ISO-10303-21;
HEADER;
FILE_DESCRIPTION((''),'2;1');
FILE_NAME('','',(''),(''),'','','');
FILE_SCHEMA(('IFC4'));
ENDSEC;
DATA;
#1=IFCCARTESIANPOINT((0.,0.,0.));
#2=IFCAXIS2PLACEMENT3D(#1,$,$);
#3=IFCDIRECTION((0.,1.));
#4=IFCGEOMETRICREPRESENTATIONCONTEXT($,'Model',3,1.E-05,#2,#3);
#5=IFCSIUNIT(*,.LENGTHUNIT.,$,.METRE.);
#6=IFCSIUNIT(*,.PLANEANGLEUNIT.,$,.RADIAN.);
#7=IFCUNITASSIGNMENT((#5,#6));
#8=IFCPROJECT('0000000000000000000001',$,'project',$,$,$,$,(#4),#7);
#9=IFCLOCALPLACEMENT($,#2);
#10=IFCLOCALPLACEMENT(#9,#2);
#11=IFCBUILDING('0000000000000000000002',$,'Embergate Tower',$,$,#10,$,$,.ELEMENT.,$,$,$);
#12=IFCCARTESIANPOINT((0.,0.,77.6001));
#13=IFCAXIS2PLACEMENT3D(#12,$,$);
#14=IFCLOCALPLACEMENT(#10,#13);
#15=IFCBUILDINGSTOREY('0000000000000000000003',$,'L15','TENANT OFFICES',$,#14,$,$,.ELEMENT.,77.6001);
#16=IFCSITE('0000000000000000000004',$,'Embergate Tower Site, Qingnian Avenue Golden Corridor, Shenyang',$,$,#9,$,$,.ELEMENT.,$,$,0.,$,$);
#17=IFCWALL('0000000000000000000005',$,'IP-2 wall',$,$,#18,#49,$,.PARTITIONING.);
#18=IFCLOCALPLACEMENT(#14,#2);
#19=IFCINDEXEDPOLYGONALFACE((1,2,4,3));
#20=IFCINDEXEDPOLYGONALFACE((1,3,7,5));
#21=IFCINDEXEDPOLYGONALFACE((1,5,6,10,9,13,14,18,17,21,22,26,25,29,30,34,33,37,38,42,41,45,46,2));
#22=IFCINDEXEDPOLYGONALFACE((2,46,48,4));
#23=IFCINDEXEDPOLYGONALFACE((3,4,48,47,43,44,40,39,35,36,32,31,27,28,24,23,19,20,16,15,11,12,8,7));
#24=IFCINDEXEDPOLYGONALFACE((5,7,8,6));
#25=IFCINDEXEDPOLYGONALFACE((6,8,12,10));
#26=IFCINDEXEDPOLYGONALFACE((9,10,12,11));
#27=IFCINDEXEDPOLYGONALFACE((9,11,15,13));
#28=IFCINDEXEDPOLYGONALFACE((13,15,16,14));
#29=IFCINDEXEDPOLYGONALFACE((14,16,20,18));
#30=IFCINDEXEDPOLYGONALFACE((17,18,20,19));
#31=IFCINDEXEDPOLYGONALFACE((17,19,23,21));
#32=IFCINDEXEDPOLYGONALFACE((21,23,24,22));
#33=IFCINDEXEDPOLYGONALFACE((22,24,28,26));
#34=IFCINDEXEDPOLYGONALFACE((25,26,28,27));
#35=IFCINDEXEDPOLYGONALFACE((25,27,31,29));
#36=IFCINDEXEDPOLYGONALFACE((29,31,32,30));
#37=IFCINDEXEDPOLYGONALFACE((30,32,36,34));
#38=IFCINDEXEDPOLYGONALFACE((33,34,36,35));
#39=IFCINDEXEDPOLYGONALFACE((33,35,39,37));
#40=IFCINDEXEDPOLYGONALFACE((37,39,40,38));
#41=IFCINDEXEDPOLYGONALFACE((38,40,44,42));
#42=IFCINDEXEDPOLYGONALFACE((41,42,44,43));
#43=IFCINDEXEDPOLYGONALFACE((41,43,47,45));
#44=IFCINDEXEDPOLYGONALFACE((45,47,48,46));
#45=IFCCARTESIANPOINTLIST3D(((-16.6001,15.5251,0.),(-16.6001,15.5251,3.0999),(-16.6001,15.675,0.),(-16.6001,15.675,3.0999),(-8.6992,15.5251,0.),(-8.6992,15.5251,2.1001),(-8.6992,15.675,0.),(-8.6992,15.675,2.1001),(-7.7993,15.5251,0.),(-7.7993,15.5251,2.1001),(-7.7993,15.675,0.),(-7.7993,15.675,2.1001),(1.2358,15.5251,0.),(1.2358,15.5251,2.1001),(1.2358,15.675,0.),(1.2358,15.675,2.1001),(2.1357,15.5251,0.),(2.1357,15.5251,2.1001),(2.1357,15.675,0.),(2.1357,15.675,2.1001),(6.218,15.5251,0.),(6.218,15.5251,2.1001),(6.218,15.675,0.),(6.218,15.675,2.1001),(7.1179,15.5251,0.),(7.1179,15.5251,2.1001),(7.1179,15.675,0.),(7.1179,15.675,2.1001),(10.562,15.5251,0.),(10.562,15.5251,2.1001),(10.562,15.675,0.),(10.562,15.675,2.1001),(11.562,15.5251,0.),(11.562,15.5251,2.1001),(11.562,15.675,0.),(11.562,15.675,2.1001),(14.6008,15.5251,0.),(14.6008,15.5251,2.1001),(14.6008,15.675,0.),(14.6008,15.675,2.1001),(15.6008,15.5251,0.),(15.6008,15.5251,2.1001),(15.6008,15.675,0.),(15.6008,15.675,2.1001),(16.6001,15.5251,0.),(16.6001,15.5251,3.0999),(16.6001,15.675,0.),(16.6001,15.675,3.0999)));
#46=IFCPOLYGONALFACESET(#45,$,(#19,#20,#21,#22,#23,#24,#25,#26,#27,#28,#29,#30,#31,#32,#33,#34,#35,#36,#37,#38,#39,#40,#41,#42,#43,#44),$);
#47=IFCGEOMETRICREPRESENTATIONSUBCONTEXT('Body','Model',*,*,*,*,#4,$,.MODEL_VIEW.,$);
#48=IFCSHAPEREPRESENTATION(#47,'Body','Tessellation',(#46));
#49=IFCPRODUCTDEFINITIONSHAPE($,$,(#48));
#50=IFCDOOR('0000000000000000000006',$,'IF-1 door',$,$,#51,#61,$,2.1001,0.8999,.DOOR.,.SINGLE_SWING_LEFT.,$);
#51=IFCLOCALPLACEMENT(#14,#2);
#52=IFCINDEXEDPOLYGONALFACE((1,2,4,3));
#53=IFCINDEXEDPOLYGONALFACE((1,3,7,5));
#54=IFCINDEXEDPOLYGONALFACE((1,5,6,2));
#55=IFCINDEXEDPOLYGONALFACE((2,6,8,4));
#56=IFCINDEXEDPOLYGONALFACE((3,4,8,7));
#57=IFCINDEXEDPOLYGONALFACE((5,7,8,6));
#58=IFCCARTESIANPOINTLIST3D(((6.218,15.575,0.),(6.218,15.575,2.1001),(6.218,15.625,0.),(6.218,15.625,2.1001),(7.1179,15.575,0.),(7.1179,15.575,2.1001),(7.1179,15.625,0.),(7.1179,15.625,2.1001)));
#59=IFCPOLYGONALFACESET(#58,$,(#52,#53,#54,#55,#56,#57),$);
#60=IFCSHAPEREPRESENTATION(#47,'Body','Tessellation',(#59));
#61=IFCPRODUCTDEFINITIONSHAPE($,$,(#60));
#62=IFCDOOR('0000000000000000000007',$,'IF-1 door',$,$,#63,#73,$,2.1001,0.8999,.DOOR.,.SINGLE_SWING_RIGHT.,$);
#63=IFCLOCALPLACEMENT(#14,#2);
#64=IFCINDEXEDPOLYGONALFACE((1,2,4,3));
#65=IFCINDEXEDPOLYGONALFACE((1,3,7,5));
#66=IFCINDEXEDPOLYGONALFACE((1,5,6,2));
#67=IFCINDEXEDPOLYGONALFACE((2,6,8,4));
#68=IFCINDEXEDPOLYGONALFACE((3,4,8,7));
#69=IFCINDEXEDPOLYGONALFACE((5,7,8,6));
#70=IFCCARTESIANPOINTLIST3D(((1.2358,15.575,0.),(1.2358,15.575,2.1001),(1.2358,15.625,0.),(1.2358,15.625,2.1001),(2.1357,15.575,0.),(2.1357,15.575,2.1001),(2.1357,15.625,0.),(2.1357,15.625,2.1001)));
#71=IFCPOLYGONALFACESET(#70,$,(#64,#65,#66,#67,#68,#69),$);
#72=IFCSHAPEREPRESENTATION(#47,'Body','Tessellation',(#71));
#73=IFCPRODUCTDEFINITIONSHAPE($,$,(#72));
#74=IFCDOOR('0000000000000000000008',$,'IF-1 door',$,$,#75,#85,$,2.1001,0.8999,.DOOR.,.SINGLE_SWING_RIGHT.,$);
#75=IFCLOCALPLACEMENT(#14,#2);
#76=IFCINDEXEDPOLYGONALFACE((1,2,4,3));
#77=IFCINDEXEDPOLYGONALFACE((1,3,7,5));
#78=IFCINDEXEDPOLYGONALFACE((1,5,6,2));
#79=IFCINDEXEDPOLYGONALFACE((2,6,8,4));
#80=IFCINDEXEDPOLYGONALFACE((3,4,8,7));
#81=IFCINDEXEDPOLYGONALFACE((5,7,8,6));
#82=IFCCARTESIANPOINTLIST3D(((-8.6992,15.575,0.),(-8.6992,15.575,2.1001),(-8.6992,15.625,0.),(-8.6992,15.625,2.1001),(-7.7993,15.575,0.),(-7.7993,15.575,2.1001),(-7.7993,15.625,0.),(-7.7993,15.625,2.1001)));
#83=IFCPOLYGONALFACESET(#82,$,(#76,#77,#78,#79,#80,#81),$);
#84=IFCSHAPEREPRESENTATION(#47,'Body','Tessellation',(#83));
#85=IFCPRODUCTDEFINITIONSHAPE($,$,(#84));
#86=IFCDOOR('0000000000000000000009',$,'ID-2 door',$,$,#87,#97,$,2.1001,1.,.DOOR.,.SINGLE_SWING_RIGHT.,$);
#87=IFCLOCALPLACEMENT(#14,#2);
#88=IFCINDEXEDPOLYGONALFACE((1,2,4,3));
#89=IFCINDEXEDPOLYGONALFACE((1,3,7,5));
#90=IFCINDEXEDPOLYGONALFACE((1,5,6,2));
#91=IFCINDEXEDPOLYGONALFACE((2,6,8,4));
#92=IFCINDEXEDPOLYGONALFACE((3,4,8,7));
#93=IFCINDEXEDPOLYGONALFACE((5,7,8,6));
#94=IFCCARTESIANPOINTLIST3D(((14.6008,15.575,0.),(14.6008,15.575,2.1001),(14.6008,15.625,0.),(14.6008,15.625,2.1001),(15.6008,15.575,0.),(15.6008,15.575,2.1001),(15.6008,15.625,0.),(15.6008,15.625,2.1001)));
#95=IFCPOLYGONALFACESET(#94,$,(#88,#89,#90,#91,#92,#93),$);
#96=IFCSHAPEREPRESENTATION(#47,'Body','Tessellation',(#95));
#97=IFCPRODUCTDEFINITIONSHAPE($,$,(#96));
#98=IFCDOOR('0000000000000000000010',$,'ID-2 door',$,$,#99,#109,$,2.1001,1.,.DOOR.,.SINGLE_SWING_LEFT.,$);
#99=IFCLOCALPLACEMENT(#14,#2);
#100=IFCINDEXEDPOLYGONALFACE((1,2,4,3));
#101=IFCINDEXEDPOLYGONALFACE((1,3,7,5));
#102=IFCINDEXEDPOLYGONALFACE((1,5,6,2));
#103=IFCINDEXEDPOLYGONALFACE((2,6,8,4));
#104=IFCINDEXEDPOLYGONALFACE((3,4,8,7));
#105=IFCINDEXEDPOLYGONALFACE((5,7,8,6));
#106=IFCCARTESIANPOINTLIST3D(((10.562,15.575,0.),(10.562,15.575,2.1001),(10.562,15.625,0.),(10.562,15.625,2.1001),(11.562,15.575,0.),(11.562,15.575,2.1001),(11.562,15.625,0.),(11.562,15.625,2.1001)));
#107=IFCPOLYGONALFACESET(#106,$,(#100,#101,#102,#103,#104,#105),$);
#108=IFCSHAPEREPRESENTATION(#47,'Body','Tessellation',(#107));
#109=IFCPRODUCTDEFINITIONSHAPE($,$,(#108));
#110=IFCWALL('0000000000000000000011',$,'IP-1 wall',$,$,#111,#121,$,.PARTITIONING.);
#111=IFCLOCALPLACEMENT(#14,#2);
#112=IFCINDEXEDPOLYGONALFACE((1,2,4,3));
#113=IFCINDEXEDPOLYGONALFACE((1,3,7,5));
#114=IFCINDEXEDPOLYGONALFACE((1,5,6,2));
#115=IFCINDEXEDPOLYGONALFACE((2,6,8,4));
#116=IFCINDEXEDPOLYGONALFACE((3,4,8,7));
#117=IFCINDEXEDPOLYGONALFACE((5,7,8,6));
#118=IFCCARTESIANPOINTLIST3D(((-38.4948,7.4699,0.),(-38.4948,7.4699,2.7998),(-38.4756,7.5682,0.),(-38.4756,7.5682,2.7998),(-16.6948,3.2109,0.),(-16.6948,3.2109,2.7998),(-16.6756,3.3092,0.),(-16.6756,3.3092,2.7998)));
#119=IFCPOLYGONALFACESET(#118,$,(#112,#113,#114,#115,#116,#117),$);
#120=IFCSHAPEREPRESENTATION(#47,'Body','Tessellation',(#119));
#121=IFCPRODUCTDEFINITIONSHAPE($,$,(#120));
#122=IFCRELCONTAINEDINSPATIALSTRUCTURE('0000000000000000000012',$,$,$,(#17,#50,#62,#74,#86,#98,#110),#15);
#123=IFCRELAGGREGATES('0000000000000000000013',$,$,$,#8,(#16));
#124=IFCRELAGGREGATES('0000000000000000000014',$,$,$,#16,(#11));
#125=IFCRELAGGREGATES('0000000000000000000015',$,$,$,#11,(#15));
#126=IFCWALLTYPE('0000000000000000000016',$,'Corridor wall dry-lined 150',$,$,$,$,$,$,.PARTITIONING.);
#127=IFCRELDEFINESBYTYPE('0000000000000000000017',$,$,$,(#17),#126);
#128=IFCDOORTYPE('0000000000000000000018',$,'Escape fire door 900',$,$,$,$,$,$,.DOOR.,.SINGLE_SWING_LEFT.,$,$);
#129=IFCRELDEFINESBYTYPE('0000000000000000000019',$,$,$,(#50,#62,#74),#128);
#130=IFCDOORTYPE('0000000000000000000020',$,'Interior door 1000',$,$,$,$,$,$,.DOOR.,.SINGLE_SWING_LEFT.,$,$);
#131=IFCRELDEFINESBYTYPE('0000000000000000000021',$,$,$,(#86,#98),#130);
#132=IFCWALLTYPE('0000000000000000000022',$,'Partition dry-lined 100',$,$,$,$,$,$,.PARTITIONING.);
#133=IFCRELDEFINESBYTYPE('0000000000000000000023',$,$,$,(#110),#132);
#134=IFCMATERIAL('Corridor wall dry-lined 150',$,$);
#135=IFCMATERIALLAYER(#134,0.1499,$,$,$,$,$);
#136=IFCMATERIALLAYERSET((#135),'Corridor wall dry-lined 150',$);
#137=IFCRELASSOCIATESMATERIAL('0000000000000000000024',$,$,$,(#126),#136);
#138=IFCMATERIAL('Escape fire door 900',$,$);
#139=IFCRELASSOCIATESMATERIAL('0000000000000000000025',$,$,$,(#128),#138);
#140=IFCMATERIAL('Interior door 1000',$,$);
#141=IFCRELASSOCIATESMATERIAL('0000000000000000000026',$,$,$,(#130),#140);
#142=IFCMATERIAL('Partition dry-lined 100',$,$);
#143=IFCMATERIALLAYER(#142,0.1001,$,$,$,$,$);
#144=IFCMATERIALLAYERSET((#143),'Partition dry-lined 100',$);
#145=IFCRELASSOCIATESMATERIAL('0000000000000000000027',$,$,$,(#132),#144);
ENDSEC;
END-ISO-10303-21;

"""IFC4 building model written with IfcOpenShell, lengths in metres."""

from ifc_helpers import new_model, si_unit, direction, frame, frame_2d, origin, place, context, subcontext, project, spatial, rectangle, extrude, source, transform, mapped, material, layer, layer_set, type_object, element, fill, save


model = new_model("IFC4")

# Units and contexts
model_context = context("Model", 3, precision=1e-05, world=origin(), true_north=direction((0.0, 1.0)))
body_context = subcontext(model_context, "Body", "Model", "MODEL_VIEW")
ifc_project = project(units=[si_unit("LENGTHUNIT", "METRE"), si_unit("PLANEANGLEUNIT", "RADIAN")], contexts=[model_context])

# Site, building, storey
site_placement = place(None, origin())
site = spatial("IfcSite", under=ifc_project, at=site_placement, Name="Embergate Tower Site, Qingnian Avenue Golden Corridor, Shenyang", CompositionType="ELEMENT", RefElevation=0.0)
building_placement = place(site_placement, origin())
building = spatial("IfcBuilding", under=site, at=building_placement, Name="Embergate Tower", CompositionType="ELEMENT")
storey_placement = place(building_placement, frame((0.0, 0.0, 77.6001)))
storey = spatial("IfcBuildingStorey", under=building, at=storey_placement, Name="L15", Description="TENANT OFFICES", CompositionType="ELEMENT", Elevation=77.6001)

# Wall, openings, doors
ifc_material_1 = material(Name="Corridor wall dry-lined 150")
ifc_layer_1 = layer(ifc_material_1, 0.1499)
ifc_layer_set_1 = layer_set([ifc_layer_1], Name="Corridor wall dry-lined 150")
wall_type_1 = type_object("IfcWallType", Name="Corridor wall dry-lined 150", PredefinedType="PARTITIONING", material=ifc_layer_set_1)
shared_shape_1 = source(origin(), body_context, "Body", "SweptSolid", [
    extrude(rectangle(XDim=33.2002, YDim=0.1499, at=frame_2d((16.6001, 0.0))), origin(), (0.0, 0.0, 1.0), 3.0999),
])
wall_1_placement = place(storey_placement, frame((-16.6001, 15.6001, 0.0), z_axis=(0.0, 0.0, 1.0), x_axis=(1.0, 0.0, 0.0)))
wall_1 = element("IfcWall", 1, at=wall_1_placement, inside=storey, type_object=wall_type_1, Name="IP-2 wall", PredefinedType="PARTITIONING", context=body_context, shape_type="MappedRepresentation", body=[
    mapped(shared_shape_1, transform((0.0, 0.0, 0.0))),
])
shared_shape_2 = source(origin(), body_context, "Body", "SweptSolid", [
    extrude(rectangle(XDim=1.0, YDim=2.1001, at=frame_2d((0.5, 1.05))), frame((0.0, 0.085, 0.0), z_axis=(0.0, -1.0, 0.0), x_axis=(1.0, 0.0, 0.0)), (0.0, 0.0, 1.0), 0.1699),
])
opening_1_placement = place(wall_1_placement, frame((31.2009, 0.0, 0.0)))
opening_1 = element("IfcOpeningElement", 2, at=opening_1_placement, cuts=wall_1, PredefinedType="OPENING", context=body_context, shape_type="MappedRepresentation", body=[
    mapped(shared_shape_2, transform((0.0, 0.0, 0.0))),
])
opening_2_placement = place(wall_1_placement, frame((27.1621, 0.0, 0.0)))
opening_2 = element("IfcOpeningElement", 3, at=opening_2_placement, cuts=wall_1, PredefinedType="OPENING", context=body_context, shape_type="MappedRepresentation", body=[
    mapped(shared_shape_2, transform((0.0, 0.0, 0.0))),
])
shared_shape_3 = source(origin(), body_context, "Body", "SweptSolid", [
    extrude(rectangle(XDim=0.8999, YDim=2.1001, at=frame_2d((0.45, 1.05))), frame((0.0, 0.085, 0.0), z_axis=(0.0, -1.0, 0.0), x_axis=(1.0, 0.0, 0.0)), (0.0, 0.0, 1.0), 0.1699),
])
opening_3_placement = place(wall_1_placement, frame((22.8181, 0.0, 0.0)))
opening_3 = element("IfcOpeningElement", 4, at=opening_3_placement, cuts=wall_1, PredefinedType="OPENING", context=body_context, shape_type="MappedRepresentation", body=[
    mapped(shared_shape_3, transform((0.0, 0.0, 0.0))),
])
opening_4_placement = place(wall_1_placement, frame((17.8359, 0.0, 0.0)))
opening_4 = element("IfcOpeningElement", 5, at=opening_4_placement, cuts=wall_1, PredefinedType="OPENING", context=body_context, shape_type="MappedRepresentation", body=[
    mapped(shared_shape_3, transform((0.0, 0.0, 0.0))),
])
opening_5_placement = place(wall_1_placement, frame((7.9009, 0.0, 0.0)))
opening_5 = element("IfcOpeningElement", 6, at=opening_5_placement, cuts=wall_1, PredefinedType="OPENING", context=body_context, shape_type="MappedRepresentation", body=[
    mapped(shared_shape_3, transform((0.0, 0.0, 0.0))),
])
ifc_material_2 = material(Name="Escape fire door 900")
door_type_1 = type_object("IfcDoorType", Name="Escape fire door 900", OperationType="SINGLE_SWING_LEFT", PredefinedType="DOOR", material=ifc_material_2)
shared_shape_4 = source(origin(), body_context, "Body", "SweptSolid", [
    extrude(rectangle(XDim=0.8999, YDim=2.1001, at=frame_2d((0.45, 1.05))), frame((0.0, 0.0249, 0.0), z_axis=(0.0, -1.0, 0.0), x_axis=(1.0, 0.0, 0.0)), (0.0, 0.0, 1.0), 0.05),
])
door_1_placement = place(opening_3_placement, origin())
door_1 = element("IfcDoor", 7, at=door_1_placement, inside=storey, type_object=door_type_1, Name="IF-1 door", OperationType="SINGLE_SWING_LEFT", OverallHeight=2.1001, OverallWidth=0.8999, PredefinedType="DOOR", context=body_context, shape_type="MappedRepresentation", body=[
    mapped(shared_shape_4, transform((0.0, 0.0, 0.0))),
])
fill(opening_3, door_1)
door_2_placement = place(opening_4_placement, origin())
door_2 = element("IfcDoor", 8, at=door_2_placement, inside=storey, type_object=door_type_1, Name="IF-1 door", OperationType="SINGLE_SWING_RIGHT", OverallHeight=2.1001, OverallWidth=0.8999, PredefinedType="DOOR", context=body_context, shape_type="MappedRepresentation", body=[
    mapped(shared_shape_4, transform((0.0, 0.0, 0.0))),
])
fill(opening_4, door_2)
door_3_placement = place(opening_5_placement, origin())
door_3 = element("IfcDoor", 9, at=door_3_placement, inside=storey, type_object=door_type_1, Name="IF-1 door", OperationType="SINGLE_SWING_RIGHT", OverallHeight=2.1001, OverallWidth=0.8999, PredefinedType="DOOR", context=body_context, shape_type="MappedRepresentation", body=[
    mapped(shared_shape_4, transform((0.0, 0.0, 0.0))),
])
fill(opening_5, door_3)
ifc_material_3 = material(Name="Interior door 1000")
door_type_2 = type_object("IfcDoorType", Name="Interior door 1000", OperationType="SINGLE_SWING_LEFT", PredefinedType="DOOR", material=ifc_material_3)
shared_shape_5 = source(origin(), body_context, "Body", "SweptSolid", [
    extrude(rectangle(XDim=1.0, YDim=2.1001, at=frame_2d((0.5, 1.05))), frame((0.0, 0.0249, 0.0), z_axis=(0.0, -1.0, 0.0), x_axis=(1.0, 0.0, 0.0)), (0.0, 0.0, 1.0), 0.05),
])
door_4_placement = place(opening_1_placement, origin())
door_4 = element("IfcDoor", 10, at=door_4_placement, inside=storey, type_object=door_type_2, Name="ID-2 door", OperationType="SINGLE_SWING_RIGHT", OverallHeight=2.1001, OverallWidth=1.0, PredefinedType="DOOR", context=body_context, shape_type="MappedRepresentation", body=[
    mapped(shared_shape_5, transform((0.0, 0.0, 0.0))),
])
fill(opening_1, door_4)
door_5_placement = place(opening_2_placement, origin())
door_5 = element("IfcDoor", 11, at=door_5_placement, inside=storey, type_object=door_type_2, Name="ID-2 door", OperationType="SINGLE_SWING_LEFT", OverallHeight=2.1001, OverallWidth=1.0, PredefinedType="DOOR", context=body_context, shape_type="MappedRepresentation", body=[
    mapped(shared_shape_5, transform((0.0, 0.0, 0.0))),
])
fill(opening_2, door_5)

# Wall
ifc_material_4 = material(Name="Partition dry-lined 100")
ifc_layer_2 = layer(ifc_material_4, 0.1001)
ifc_layer_set_2 = layer_set([ifc_layer_2], Name="Partition dry-lined 100")
wall_type_2 = type_object("IfcWallType", Name="Partition dry-lined 100", PredefinedType="PARTITIONING", material=ifc_layer_set_2)
shared_shape_6 = source(origin(), body_context, "Body", "SweptSolid", [
    extrude(rectangle(XDim=22.2122, YDim=0.1001, at=frame_2d((11.106, 0.0))), origin(), (0.0, 0.0, 1.0), 2.7998),
])
wall_2_placement = place(storey_placement, frame((-38.4851, 7.519, 0.0), z_axis=(0.0, 0.0, 1.0), x_axis=(0.981445, -0.191743, 0.0)))
element("IfcWall", 12, at=wall_2_placement, inside=storey, type_object=wall_type_2, Name="IP-1 wall", PredefinedType="PARTITIONING", context=body_context, shape_type="MappedRepresentation", body=[
    mapped(shared_shape_6, transform((0.0, 0.0, 0.0))),
])

save(model, "model.ifc")
